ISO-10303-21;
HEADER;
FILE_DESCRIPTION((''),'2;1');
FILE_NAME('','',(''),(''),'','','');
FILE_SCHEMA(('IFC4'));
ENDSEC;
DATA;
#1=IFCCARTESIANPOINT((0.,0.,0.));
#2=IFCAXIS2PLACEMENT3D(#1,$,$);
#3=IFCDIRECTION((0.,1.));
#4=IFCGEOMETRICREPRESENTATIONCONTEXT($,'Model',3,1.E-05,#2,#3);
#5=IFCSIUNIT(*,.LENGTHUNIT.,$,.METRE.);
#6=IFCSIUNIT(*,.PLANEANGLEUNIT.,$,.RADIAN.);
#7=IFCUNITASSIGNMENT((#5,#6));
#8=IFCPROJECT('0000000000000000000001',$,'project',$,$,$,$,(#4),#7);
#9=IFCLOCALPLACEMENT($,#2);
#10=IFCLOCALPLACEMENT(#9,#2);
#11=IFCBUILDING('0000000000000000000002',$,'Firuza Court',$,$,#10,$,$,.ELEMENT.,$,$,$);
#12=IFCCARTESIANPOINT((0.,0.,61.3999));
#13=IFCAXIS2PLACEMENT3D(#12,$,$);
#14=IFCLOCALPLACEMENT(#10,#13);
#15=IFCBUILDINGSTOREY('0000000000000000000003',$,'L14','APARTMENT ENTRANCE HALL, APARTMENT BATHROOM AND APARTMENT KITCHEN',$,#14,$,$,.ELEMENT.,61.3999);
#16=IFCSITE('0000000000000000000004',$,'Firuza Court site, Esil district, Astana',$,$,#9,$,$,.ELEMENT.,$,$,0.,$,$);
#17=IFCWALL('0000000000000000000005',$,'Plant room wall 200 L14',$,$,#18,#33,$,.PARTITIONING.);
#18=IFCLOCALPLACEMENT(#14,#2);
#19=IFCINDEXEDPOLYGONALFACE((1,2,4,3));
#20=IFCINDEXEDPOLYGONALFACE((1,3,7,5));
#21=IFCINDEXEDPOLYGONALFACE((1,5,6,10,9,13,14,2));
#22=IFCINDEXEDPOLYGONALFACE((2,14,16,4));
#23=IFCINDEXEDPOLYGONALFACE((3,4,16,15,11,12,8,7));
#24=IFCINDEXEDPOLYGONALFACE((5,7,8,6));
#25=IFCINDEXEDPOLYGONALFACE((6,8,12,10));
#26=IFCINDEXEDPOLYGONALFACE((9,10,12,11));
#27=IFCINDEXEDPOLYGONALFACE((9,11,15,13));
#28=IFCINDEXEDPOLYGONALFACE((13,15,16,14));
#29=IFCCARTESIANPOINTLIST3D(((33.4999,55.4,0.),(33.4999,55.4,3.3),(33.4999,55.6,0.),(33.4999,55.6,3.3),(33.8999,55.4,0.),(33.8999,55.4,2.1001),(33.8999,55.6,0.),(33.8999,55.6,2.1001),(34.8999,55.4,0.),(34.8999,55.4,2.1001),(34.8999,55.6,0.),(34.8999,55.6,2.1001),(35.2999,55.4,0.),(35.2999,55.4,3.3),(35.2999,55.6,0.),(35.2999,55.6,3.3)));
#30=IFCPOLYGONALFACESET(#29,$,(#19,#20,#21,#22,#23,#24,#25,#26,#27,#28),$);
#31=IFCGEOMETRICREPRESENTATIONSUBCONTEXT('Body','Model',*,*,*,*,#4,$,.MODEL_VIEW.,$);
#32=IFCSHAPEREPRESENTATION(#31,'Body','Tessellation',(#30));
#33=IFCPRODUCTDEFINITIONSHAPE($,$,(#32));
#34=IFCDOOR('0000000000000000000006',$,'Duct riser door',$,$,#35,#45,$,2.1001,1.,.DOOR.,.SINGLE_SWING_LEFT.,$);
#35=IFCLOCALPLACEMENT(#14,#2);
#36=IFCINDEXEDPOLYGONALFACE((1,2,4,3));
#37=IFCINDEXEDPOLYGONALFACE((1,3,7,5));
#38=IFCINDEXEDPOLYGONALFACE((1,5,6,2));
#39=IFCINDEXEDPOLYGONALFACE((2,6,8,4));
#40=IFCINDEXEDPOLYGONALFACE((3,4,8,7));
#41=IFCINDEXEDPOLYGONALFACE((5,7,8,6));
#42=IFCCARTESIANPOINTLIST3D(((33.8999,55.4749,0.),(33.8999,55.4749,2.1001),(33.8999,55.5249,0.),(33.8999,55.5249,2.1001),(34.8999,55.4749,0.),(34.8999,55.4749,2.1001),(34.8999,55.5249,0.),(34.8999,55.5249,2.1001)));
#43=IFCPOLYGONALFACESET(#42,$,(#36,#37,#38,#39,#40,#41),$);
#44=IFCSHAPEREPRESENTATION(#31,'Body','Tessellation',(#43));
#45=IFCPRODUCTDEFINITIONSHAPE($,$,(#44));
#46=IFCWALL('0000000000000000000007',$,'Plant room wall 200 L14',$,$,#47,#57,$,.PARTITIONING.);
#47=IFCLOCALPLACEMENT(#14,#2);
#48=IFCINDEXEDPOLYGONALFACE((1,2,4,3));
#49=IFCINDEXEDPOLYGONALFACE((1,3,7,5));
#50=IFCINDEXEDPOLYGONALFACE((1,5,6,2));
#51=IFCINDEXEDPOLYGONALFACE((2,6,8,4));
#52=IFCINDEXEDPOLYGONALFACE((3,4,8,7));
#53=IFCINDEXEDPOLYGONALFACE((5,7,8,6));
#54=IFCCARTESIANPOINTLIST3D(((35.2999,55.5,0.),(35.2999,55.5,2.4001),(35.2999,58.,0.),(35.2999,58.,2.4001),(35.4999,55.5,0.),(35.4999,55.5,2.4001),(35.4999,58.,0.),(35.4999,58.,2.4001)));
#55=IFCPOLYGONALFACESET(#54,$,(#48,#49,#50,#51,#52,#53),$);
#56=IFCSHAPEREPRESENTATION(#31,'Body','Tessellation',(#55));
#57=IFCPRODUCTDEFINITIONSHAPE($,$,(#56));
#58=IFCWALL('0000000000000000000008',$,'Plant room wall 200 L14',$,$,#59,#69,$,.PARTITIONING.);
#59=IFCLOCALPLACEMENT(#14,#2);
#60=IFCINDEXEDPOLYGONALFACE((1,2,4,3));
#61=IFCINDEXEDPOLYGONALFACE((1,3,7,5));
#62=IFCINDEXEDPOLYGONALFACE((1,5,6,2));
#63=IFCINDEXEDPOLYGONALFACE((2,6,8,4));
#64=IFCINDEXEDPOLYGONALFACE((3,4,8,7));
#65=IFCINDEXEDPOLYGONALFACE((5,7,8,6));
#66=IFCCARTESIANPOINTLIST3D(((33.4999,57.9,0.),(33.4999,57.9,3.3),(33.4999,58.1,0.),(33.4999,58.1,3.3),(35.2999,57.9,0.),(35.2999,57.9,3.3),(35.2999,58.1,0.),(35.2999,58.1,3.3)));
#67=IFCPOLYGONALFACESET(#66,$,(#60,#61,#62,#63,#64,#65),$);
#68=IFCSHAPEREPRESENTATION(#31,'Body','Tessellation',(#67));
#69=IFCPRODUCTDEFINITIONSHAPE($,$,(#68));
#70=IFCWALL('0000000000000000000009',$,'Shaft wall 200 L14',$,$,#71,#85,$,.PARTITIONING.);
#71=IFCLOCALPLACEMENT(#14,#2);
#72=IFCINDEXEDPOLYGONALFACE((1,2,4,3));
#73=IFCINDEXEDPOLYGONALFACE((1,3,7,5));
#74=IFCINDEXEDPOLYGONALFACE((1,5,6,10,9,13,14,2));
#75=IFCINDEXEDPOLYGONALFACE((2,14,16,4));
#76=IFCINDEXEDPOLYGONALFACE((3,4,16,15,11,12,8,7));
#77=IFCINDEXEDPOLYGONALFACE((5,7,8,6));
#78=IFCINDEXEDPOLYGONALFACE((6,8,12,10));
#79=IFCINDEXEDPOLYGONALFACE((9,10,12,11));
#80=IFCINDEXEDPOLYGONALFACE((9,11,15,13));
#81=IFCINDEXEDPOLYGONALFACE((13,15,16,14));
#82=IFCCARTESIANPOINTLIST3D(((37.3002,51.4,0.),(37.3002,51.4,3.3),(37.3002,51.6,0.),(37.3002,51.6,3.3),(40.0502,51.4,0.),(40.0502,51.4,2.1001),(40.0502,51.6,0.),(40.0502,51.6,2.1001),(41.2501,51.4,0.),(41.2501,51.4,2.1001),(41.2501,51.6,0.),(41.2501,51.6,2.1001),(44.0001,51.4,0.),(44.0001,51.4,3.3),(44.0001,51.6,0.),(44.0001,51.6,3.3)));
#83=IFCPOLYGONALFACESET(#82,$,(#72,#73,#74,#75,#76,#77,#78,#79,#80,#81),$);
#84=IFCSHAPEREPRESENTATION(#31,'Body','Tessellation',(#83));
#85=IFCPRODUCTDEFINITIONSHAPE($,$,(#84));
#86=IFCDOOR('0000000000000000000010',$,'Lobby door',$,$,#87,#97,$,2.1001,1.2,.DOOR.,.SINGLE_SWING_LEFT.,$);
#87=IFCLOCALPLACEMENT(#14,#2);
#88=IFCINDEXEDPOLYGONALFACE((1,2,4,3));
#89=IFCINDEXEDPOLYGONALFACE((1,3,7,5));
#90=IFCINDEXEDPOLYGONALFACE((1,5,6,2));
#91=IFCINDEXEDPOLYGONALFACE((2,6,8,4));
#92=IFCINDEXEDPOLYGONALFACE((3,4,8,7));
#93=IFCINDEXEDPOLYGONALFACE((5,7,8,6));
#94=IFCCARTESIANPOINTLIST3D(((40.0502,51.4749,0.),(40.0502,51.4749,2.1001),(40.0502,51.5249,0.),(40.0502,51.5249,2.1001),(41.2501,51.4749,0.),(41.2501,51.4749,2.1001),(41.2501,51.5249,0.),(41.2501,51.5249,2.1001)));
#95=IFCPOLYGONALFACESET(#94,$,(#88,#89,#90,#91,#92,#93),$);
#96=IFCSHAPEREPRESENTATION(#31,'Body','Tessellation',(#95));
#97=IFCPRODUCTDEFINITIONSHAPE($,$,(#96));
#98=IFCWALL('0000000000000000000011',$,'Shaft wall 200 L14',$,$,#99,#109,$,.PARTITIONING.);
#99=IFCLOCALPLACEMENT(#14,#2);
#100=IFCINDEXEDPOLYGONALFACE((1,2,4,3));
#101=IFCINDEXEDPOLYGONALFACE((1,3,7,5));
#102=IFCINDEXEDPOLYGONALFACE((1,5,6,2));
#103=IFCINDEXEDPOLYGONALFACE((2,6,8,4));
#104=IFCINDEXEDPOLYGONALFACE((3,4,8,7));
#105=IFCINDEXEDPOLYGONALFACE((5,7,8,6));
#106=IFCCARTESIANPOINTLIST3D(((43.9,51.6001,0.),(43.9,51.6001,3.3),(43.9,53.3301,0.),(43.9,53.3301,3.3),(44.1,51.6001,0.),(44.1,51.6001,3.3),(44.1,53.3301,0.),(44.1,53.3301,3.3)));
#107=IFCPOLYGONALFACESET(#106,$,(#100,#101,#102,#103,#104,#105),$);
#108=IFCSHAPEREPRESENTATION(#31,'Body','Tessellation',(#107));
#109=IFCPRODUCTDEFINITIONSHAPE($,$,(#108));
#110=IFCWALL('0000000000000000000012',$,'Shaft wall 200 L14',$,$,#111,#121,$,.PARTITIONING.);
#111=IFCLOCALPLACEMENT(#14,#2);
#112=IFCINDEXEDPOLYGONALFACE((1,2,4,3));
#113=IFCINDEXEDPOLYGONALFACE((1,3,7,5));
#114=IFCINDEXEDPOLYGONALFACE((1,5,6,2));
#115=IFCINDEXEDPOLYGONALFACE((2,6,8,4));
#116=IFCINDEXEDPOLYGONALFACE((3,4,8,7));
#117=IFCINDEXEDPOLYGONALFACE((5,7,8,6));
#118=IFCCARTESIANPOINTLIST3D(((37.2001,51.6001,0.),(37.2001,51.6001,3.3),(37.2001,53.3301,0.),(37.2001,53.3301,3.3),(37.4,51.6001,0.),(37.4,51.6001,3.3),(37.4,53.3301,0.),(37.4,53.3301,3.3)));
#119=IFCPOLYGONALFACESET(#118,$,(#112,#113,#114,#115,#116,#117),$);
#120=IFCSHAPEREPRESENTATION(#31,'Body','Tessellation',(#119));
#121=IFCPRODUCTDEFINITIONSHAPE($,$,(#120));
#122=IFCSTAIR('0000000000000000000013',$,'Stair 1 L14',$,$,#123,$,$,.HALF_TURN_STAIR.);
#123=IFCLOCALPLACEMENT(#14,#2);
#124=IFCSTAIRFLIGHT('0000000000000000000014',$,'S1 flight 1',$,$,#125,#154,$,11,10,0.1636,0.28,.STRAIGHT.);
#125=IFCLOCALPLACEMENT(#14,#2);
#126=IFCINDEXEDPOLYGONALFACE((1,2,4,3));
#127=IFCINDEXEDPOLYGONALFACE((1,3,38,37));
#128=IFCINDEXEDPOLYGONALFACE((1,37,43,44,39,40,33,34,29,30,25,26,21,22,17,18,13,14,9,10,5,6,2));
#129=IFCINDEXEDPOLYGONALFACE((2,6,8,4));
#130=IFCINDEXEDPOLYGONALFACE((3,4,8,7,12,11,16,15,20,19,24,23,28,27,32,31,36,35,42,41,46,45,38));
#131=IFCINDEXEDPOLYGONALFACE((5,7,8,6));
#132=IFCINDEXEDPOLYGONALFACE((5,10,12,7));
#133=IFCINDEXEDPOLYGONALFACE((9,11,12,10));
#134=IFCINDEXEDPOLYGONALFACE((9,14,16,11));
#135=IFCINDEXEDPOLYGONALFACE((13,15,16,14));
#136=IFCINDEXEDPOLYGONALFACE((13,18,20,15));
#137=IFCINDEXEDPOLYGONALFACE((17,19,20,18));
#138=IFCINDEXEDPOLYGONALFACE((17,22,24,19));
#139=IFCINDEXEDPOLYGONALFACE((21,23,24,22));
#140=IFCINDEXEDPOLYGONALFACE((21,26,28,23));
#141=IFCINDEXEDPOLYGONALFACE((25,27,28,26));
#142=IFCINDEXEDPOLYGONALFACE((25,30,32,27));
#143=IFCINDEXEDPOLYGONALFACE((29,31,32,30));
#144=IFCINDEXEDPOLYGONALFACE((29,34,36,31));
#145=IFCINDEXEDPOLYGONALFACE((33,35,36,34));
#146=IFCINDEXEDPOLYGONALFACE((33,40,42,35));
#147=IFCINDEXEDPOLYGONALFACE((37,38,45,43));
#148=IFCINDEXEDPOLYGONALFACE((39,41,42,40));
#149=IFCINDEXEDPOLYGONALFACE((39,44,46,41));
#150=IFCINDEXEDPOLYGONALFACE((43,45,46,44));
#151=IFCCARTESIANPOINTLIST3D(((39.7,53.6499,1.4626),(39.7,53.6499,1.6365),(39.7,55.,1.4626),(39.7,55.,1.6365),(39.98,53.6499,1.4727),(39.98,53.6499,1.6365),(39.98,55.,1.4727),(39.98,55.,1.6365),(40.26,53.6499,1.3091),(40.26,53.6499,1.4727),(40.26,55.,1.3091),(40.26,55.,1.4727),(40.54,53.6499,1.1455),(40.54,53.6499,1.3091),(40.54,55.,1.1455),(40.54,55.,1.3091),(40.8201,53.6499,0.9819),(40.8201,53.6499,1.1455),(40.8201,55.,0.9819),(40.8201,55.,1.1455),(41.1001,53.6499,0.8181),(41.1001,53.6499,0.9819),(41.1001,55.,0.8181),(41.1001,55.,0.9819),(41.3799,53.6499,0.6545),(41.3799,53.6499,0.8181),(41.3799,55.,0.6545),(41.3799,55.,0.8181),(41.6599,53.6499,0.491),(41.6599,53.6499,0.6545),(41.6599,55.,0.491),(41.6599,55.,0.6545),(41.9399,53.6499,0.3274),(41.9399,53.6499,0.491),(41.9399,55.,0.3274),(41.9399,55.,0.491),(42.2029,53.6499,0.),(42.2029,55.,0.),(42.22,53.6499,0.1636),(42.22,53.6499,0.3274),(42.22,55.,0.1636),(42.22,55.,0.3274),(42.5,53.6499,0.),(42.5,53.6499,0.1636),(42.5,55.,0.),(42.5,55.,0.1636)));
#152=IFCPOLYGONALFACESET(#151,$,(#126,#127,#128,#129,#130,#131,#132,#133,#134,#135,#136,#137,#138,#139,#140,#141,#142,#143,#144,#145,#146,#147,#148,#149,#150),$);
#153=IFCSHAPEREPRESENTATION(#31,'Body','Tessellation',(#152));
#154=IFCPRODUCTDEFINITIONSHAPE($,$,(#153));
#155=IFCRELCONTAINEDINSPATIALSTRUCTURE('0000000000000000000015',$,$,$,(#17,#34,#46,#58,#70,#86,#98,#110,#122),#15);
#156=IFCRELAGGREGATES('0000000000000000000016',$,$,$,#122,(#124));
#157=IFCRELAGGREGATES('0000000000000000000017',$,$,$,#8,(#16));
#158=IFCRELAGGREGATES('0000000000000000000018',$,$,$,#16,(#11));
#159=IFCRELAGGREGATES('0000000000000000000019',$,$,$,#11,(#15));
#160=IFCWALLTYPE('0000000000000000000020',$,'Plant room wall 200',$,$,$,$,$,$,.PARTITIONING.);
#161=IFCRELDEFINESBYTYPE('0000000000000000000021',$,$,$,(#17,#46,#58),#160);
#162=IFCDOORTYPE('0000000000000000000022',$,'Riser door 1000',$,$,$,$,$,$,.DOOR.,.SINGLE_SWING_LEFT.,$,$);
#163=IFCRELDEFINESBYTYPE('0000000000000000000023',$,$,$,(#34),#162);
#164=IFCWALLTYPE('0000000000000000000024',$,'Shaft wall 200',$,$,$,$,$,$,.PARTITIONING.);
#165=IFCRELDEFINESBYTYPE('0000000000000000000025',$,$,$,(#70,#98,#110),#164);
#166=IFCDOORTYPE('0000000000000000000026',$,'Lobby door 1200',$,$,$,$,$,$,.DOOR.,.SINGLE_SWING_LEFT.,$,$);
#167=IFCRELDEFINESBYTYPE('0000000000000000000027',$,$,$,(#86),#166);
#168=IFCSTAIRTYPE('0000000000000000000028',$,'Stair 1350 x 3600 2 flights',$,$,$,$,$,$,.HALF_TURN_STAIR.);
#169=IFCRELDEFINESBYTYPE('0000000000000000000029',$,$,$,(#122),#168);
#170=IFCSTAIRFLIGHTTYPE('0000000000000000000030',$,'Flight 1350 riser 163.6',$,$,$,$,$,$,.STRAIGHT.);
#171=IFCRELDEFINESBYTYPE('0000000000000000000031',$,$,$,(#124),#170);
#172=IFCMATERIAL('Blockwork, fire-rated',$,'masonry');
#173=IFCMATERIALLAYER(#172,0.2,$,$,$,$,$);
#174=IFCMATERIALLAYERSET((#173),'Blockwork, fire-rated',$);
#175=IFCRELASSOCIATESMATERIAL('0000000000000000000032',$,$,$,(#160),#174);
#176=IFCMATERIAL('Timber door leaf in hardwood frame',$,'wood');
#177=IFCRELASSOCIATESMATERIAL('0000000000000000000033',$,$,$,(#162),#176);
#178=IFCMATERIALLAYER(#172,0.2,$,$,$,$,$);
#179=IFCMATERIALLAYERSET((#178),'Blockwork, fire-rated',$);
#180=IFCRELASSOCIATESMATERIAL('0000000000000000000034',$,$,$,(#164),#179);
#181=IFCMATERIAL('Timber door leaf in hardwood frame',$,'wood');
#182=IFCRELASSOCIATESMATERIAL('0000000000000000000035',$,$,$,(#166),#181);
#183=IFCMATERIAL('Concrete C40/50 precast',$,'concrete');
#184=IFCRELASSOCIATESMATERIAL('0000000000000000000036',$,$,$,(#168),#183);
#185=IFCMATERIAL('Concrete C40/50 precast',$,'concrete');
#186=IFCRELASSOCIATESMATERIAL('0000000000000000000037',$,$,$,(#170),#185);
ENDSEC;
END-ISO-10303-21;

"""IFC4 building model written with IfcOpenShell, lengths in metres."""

from ifc_helpers import new_model, si_unit, direction, frame, frame_2d, origin, place, context, subcontext, project, spatial, polyline, rectangle, outline, extrude, material, layer, layer_set, type_object, element, fill, aggregate, save


model = new_model("IFC4")

# Units and contexts
model_context = context("Model", 3, precision=1e-05, world=origin(), true_north=direction((0.0, 1.0)))
body_context = subcontext(model_context, "Body", "Model", "MODEL_VIEW")
ifc_project = project(units=[si_unit("LENGTHUNIT", "METRE"), si_unit("PLANEANGLEUNIT", "RADIAN")], contexts=[model_context])

# Site, building, storey
site_placement = place(None, origin())
site = spatial("IfcSite", under=ifc_project, at=site_placement, Name="Firuza Court site, Esil district, Astana", CompositionType="ELEMENT", RefElevation=0.0)
building_placement = place(site_placement, origin())
building = spatial("IfcBuilding", under=site, at=building_placement, Name="Firuza Court", CompositionType="ELEMENT")
storey_placement = place(building_placement, frame((0.0, 0.0, 61.3999)))
storey = spatial("IfcBuildingStorey", under=building, at=storey_placement, Name="L14", Description="APARTMENT ENTRANCE HALL, APARTMENT BATHROOM AND APARTMENT KITCHEN", CompositionType="ELEMENT", Elevation=61.3999)

# Shared definitions
ifc_material_1 = material(Name="Blockwork, fire-rated", Category="masonry")
ifc_layer_1 = layer(ifc_material_1, 0.2)
ifc_layer_set_1 = layer_set([ifc_layer_1], Name="Blockwork, fire-rated")
wall_type_1 = type_object("IfcWallType", Name="Plant room wall 200", PredefinedType="PARTITIONING", material=ifc_layer_set_1)

# Wall, opening, door
wall_1_placement = place(storey_placement, frame((33.5, 55.5, 0.0), z_axis=(0.0, 0.0, 1.0), x_axis=(1.0, 0.0, 0.0)))
wall_1 = element("IfcWall", 1, at=wall_1_placement, inside=storey, type_object=wall_type_1, Name="Plant room wall 200 L14", PredefinedType="PARTITIONING", context=body_context, shape_type="SweptSolid", body=[
    extrude(rectangle(XDim=1.8, YDim=0.2, at=frame_2d((0.8999, 0.0))), origin(), (0.0, 0.0, 1.0), 3.3),
])
opening_1_placement = place(wall_1_placement, frame((0.3999, 0.0, 0.0)))
opening_1 = element("IfcOpeningElement", 2, at=opening_1_placement, cuts=wall_1, PredefinedType="OPENING", context=body_context, shape_type="SweptSolid", body=[
    extrude(rectangle(XDim=1.0, YDim=2.1001, at=frame_2d((0.5, 1.05))), frame((0.0, 0.1118, 0.0), z_axis=(0.0, -1.0, 0.0), x_axis=(1.0, 0.0, 0.0)), (0.0, 0.0, 1.0), 0.2239),
])
ifc_material_2 = material(Name="Timber door leaf in hardwood frame", Category="wood")
door_type_1 = type_object("IfcDoorType", Name="Riser door 1000", OperationType="SINGLE_SWING_LEFT", PredefinedType="DOOR", material=ifc_material_2)
door_1_placement = place(opening_1_placement, origin())
door_1 = element("IfcDoor", 3, at=door_1_placement, inside=storey, type_object=door_type_1, Name="Duct riser door", OperationType="SINGLE_SWING_LEFT", OverallHeight=2.1001, OverallWidth=1.0, PredefinedType="DOOR", context=body_context, shape_type="SweptSolid", body=[
    extrude(rectangle(XDim=1.0, YDim=2.1001, at=frame_2d((0.5, 1.05))), frame((0.0, 0.0249, 0.0), z_axis=(0.0, -1.0, 0.0), x_axis=(1.0, 0.0, 0.0)), (0.0, 0.0, 1.0), 0.05),
])
fill(opening_1, door_1)

# Walls
wall_2_placement = place(storey_placement, frame((35.3999, 55.5, 0.0), z_axis=(0.0, 0.0, 1.0), x_axis=(0.0, 1.0, 0.0)))
element("IfcWall", 4, at=wall_2_placement, inside=storey, type_object=wall_type_1, Name="Plant room wall 200 L14", PredefinedType="PARTITIONING", context=body_context, shape_type="SweptSolid", body=[
    extrude(rectangle(XDim=2.5, YDim=0.2, at=frame_2d((1.25, 0.0))), origin(), (0.0, 0.0, 1.0), 2.4001),
])
wall_3_placement = place(storey_placement, frame((33.5, 58.0, 0.0), z_axis=(0.0, 0.0, 1.0), x_axis=(1.0, 0.0, 0.0)))
element("IfcWall", 5, at=wall_3_placement, inside=storey, type_object=wall_type_1, Name="Plant room wall 200 L14", PredefinedType="PARTITIONING", context=body_context, shape_type="SweptSolid", body=[
    extrude(rectangle(XDim=1.8, YDim=0.2, at=frame_2d((0.8999, 0.0))), origin(), (0.0, 0.0, 1.0), 3.3),
])

# Wall, opening, door
ifc_layer_2 = layer(ifc_material_1, 0.2)
ifc_layer_set_2 = layer_set([ifc_layer_2], Name="Blockwork, fire-rated")
wall_type_2 = type_object("IfcWallType", Name="Shaft wall 200", PredefinedType="PARTITIONING", material=ifc_layer_set_2)
wall_4_placement = place(storey_placement, frame((37.3, 51.5, 0.0), z_axis=(0.0, 0.0, 1.0), x_axis=(1.0, 0.0, 0.0)))
wall_4 = element("IfcWall", 6, at=wall_4_placement, inside=storey, type_object=wall_type_2, Name="Shaft wall 200 L14", PredefinedType="PARTITIONING", context=body_context, shape_type="SweptSolid", body=[
    extrude(rectangle(XDim=6.7, YDim=0.2, at=frame_2d((3.3501, 0.0))), origin(), (0.0, 0.0, 1.0), 3.3),
])
opening_2_placement = place(wall_4_placement, frame((2.75, 0.0, 0.0)))
opening_2 = element("IfcOpeningElement", 7, at=opening_2_placement, cuts=wall_4, PredefinedType="OPENING", context=body_context, shape_type="SweptSolid", body=[
    extrude(rectangle(XDim=1.2, YDim=2.1001, at=frame_2d((0.6001, 1.05))), frame((0.0, 0.1118, 0.0), z_axis=(0.0, -1.0, 0.0), x_axis=(1.0, 0.0, 0.0)), (0.0, 0.0, 1.0), 0.2239),
])
ifc_material_3 = material(Name="Timber door leaf in hardwood frame", Category="wood")
door_type_2 = type_object("IfcDoorType", Name="Lobby door 1200", OperationType="SINGLE_SWING_LEFT", PredefinedType="DOOR", material=ifc_material_3)
door_2_placement = place(opening_2_placement, origin())
door_2 = element("IfcDoor", 8, at=door_2_placement, inside=storey, type_object=door_type_2, Name="Lobby door", OperationType="SINGLE_SWING_LEFT", OverallHeight=2.1001, OverallWidth=1.2, PredefinedType="DOOR", context=body_context, shape_type="SweptSolid", body=[
    extrude(rectangle(XDim=1.2, YDim=2.1001, at=frame_2d((0.6001, 1.05))), frame((0.0, 0.0249, 0.0), z_axis=(0.0, -1.0, 0.0), x_axis=(1.0, 0.0, 0.0)), (0.0, 0.0, 1.0), 0.05),
])
fill(opening_2, door_2)

# Walls
for number, where, z_axis, x_axis, name in (
    (9, (44.0, 51.6001, 0.0), (0.0, 0.0, 1.0), (0.0, 1.0, 0.0), "Shaft wall 200 L14"),
    (10, (37.3, 51.6001, 0.0), (0.0, 0.0, 1.0), (0.0, 1.0, 0.0), "Shaft wall 200 L14"),
):
    element("IfcWall", number, at=place(storey_placement, frame(where, z_axis=z_axis, x_axis=x_axis)), inside=storey, type_object=wall_type_2, Name=name, PredefinedType="PARTITIONING", context=body_context, shape_type="SweptSolid", body=[
        extrude(rectangle(XDim=1.73, YDim=0.2, at=frame_2d((0.865, 0.0))), origin(), (0.0, 0.0, 1.0), 3.3),
    ])

# Stair, stair flight
ifc_material_4 = material(Name="Concrete C40/50 precast", Category="concrete")
stair_type = type_object("IfcStairType", Name="Stair 1350 x 3600 2 flights", PredefinedType="HALF_TURN_STAIR", material=ifc_material_4)
stair_placement = place(storey_placement, origin())
stair = element("IfcStair", 11, at=stair_placement, inside=storey, type_object=stair_type, Name="Stair 1 L14", PredefinedType="HALF_TURN_STAIR")
ifc_material_5 = material(Name="Concrete C40/50 precast", Category="concrete")
stair_flight_type = type_object("IfcStairFlightType", Name="Flight 1350 riser 163.6", PredefinedType="STRAIGHT", material=ifc_material_5)
stair_flight_1_placement = place(storey_placement, frame((42.5, 54.325, 0.0), z_axis=(0.0, 0.0, 1.0), x_axis=(-1.0, 0.0, 0.0)))
stair_flight_1 = element("IfcStairFlight", 12, at=stair_flight_1_placement, type_object=stair_flight_type, Name="S1 flight 1", NumberOfRisers=11, NumberOfTreads=10, PredefinedType="STRAIGHT", RiserHeight=0.1636, TreadLength=0.28, context=body_context, shape_type="SweptSolid", body=[
    extrude(outline(polyline([(0.0, 0.0), (0.0, 0.1636), (0.28, 0.1636), (0.28, 0.3274), (0.5601, 0.3274), (0.5601, 0.491), (0.8401, 0.491), (0.8401, 0.6545), (1.1201, 0.6545), (1.1201, 0.8181), (1.3999, 0.8181), (1.3999, 0.9819), (1.6799, 0.9819), (1.6799, 1.1455), (1.96, 1.1455), (1.96, 1.3091), (2.24, 1.3091), (2.24, 1.4727), (2.52, 1.4727), (2.52, 1.6365), (2.8, 1.6365), (2.8, 1.8), (2.8, 1.4626), (0.2971, 0.0), (0.0, 0.0)])), frame((0.0, 0.675, 0.0), z_axis=(0.0, -1.0, 0.0), x_axis=(1.0, 0.0, 0.0)), (0.0, 0.0, 1.0), 1.3501),
])
aggregate(stair, [stair_flight_1])

save(model, "model.ifc")
